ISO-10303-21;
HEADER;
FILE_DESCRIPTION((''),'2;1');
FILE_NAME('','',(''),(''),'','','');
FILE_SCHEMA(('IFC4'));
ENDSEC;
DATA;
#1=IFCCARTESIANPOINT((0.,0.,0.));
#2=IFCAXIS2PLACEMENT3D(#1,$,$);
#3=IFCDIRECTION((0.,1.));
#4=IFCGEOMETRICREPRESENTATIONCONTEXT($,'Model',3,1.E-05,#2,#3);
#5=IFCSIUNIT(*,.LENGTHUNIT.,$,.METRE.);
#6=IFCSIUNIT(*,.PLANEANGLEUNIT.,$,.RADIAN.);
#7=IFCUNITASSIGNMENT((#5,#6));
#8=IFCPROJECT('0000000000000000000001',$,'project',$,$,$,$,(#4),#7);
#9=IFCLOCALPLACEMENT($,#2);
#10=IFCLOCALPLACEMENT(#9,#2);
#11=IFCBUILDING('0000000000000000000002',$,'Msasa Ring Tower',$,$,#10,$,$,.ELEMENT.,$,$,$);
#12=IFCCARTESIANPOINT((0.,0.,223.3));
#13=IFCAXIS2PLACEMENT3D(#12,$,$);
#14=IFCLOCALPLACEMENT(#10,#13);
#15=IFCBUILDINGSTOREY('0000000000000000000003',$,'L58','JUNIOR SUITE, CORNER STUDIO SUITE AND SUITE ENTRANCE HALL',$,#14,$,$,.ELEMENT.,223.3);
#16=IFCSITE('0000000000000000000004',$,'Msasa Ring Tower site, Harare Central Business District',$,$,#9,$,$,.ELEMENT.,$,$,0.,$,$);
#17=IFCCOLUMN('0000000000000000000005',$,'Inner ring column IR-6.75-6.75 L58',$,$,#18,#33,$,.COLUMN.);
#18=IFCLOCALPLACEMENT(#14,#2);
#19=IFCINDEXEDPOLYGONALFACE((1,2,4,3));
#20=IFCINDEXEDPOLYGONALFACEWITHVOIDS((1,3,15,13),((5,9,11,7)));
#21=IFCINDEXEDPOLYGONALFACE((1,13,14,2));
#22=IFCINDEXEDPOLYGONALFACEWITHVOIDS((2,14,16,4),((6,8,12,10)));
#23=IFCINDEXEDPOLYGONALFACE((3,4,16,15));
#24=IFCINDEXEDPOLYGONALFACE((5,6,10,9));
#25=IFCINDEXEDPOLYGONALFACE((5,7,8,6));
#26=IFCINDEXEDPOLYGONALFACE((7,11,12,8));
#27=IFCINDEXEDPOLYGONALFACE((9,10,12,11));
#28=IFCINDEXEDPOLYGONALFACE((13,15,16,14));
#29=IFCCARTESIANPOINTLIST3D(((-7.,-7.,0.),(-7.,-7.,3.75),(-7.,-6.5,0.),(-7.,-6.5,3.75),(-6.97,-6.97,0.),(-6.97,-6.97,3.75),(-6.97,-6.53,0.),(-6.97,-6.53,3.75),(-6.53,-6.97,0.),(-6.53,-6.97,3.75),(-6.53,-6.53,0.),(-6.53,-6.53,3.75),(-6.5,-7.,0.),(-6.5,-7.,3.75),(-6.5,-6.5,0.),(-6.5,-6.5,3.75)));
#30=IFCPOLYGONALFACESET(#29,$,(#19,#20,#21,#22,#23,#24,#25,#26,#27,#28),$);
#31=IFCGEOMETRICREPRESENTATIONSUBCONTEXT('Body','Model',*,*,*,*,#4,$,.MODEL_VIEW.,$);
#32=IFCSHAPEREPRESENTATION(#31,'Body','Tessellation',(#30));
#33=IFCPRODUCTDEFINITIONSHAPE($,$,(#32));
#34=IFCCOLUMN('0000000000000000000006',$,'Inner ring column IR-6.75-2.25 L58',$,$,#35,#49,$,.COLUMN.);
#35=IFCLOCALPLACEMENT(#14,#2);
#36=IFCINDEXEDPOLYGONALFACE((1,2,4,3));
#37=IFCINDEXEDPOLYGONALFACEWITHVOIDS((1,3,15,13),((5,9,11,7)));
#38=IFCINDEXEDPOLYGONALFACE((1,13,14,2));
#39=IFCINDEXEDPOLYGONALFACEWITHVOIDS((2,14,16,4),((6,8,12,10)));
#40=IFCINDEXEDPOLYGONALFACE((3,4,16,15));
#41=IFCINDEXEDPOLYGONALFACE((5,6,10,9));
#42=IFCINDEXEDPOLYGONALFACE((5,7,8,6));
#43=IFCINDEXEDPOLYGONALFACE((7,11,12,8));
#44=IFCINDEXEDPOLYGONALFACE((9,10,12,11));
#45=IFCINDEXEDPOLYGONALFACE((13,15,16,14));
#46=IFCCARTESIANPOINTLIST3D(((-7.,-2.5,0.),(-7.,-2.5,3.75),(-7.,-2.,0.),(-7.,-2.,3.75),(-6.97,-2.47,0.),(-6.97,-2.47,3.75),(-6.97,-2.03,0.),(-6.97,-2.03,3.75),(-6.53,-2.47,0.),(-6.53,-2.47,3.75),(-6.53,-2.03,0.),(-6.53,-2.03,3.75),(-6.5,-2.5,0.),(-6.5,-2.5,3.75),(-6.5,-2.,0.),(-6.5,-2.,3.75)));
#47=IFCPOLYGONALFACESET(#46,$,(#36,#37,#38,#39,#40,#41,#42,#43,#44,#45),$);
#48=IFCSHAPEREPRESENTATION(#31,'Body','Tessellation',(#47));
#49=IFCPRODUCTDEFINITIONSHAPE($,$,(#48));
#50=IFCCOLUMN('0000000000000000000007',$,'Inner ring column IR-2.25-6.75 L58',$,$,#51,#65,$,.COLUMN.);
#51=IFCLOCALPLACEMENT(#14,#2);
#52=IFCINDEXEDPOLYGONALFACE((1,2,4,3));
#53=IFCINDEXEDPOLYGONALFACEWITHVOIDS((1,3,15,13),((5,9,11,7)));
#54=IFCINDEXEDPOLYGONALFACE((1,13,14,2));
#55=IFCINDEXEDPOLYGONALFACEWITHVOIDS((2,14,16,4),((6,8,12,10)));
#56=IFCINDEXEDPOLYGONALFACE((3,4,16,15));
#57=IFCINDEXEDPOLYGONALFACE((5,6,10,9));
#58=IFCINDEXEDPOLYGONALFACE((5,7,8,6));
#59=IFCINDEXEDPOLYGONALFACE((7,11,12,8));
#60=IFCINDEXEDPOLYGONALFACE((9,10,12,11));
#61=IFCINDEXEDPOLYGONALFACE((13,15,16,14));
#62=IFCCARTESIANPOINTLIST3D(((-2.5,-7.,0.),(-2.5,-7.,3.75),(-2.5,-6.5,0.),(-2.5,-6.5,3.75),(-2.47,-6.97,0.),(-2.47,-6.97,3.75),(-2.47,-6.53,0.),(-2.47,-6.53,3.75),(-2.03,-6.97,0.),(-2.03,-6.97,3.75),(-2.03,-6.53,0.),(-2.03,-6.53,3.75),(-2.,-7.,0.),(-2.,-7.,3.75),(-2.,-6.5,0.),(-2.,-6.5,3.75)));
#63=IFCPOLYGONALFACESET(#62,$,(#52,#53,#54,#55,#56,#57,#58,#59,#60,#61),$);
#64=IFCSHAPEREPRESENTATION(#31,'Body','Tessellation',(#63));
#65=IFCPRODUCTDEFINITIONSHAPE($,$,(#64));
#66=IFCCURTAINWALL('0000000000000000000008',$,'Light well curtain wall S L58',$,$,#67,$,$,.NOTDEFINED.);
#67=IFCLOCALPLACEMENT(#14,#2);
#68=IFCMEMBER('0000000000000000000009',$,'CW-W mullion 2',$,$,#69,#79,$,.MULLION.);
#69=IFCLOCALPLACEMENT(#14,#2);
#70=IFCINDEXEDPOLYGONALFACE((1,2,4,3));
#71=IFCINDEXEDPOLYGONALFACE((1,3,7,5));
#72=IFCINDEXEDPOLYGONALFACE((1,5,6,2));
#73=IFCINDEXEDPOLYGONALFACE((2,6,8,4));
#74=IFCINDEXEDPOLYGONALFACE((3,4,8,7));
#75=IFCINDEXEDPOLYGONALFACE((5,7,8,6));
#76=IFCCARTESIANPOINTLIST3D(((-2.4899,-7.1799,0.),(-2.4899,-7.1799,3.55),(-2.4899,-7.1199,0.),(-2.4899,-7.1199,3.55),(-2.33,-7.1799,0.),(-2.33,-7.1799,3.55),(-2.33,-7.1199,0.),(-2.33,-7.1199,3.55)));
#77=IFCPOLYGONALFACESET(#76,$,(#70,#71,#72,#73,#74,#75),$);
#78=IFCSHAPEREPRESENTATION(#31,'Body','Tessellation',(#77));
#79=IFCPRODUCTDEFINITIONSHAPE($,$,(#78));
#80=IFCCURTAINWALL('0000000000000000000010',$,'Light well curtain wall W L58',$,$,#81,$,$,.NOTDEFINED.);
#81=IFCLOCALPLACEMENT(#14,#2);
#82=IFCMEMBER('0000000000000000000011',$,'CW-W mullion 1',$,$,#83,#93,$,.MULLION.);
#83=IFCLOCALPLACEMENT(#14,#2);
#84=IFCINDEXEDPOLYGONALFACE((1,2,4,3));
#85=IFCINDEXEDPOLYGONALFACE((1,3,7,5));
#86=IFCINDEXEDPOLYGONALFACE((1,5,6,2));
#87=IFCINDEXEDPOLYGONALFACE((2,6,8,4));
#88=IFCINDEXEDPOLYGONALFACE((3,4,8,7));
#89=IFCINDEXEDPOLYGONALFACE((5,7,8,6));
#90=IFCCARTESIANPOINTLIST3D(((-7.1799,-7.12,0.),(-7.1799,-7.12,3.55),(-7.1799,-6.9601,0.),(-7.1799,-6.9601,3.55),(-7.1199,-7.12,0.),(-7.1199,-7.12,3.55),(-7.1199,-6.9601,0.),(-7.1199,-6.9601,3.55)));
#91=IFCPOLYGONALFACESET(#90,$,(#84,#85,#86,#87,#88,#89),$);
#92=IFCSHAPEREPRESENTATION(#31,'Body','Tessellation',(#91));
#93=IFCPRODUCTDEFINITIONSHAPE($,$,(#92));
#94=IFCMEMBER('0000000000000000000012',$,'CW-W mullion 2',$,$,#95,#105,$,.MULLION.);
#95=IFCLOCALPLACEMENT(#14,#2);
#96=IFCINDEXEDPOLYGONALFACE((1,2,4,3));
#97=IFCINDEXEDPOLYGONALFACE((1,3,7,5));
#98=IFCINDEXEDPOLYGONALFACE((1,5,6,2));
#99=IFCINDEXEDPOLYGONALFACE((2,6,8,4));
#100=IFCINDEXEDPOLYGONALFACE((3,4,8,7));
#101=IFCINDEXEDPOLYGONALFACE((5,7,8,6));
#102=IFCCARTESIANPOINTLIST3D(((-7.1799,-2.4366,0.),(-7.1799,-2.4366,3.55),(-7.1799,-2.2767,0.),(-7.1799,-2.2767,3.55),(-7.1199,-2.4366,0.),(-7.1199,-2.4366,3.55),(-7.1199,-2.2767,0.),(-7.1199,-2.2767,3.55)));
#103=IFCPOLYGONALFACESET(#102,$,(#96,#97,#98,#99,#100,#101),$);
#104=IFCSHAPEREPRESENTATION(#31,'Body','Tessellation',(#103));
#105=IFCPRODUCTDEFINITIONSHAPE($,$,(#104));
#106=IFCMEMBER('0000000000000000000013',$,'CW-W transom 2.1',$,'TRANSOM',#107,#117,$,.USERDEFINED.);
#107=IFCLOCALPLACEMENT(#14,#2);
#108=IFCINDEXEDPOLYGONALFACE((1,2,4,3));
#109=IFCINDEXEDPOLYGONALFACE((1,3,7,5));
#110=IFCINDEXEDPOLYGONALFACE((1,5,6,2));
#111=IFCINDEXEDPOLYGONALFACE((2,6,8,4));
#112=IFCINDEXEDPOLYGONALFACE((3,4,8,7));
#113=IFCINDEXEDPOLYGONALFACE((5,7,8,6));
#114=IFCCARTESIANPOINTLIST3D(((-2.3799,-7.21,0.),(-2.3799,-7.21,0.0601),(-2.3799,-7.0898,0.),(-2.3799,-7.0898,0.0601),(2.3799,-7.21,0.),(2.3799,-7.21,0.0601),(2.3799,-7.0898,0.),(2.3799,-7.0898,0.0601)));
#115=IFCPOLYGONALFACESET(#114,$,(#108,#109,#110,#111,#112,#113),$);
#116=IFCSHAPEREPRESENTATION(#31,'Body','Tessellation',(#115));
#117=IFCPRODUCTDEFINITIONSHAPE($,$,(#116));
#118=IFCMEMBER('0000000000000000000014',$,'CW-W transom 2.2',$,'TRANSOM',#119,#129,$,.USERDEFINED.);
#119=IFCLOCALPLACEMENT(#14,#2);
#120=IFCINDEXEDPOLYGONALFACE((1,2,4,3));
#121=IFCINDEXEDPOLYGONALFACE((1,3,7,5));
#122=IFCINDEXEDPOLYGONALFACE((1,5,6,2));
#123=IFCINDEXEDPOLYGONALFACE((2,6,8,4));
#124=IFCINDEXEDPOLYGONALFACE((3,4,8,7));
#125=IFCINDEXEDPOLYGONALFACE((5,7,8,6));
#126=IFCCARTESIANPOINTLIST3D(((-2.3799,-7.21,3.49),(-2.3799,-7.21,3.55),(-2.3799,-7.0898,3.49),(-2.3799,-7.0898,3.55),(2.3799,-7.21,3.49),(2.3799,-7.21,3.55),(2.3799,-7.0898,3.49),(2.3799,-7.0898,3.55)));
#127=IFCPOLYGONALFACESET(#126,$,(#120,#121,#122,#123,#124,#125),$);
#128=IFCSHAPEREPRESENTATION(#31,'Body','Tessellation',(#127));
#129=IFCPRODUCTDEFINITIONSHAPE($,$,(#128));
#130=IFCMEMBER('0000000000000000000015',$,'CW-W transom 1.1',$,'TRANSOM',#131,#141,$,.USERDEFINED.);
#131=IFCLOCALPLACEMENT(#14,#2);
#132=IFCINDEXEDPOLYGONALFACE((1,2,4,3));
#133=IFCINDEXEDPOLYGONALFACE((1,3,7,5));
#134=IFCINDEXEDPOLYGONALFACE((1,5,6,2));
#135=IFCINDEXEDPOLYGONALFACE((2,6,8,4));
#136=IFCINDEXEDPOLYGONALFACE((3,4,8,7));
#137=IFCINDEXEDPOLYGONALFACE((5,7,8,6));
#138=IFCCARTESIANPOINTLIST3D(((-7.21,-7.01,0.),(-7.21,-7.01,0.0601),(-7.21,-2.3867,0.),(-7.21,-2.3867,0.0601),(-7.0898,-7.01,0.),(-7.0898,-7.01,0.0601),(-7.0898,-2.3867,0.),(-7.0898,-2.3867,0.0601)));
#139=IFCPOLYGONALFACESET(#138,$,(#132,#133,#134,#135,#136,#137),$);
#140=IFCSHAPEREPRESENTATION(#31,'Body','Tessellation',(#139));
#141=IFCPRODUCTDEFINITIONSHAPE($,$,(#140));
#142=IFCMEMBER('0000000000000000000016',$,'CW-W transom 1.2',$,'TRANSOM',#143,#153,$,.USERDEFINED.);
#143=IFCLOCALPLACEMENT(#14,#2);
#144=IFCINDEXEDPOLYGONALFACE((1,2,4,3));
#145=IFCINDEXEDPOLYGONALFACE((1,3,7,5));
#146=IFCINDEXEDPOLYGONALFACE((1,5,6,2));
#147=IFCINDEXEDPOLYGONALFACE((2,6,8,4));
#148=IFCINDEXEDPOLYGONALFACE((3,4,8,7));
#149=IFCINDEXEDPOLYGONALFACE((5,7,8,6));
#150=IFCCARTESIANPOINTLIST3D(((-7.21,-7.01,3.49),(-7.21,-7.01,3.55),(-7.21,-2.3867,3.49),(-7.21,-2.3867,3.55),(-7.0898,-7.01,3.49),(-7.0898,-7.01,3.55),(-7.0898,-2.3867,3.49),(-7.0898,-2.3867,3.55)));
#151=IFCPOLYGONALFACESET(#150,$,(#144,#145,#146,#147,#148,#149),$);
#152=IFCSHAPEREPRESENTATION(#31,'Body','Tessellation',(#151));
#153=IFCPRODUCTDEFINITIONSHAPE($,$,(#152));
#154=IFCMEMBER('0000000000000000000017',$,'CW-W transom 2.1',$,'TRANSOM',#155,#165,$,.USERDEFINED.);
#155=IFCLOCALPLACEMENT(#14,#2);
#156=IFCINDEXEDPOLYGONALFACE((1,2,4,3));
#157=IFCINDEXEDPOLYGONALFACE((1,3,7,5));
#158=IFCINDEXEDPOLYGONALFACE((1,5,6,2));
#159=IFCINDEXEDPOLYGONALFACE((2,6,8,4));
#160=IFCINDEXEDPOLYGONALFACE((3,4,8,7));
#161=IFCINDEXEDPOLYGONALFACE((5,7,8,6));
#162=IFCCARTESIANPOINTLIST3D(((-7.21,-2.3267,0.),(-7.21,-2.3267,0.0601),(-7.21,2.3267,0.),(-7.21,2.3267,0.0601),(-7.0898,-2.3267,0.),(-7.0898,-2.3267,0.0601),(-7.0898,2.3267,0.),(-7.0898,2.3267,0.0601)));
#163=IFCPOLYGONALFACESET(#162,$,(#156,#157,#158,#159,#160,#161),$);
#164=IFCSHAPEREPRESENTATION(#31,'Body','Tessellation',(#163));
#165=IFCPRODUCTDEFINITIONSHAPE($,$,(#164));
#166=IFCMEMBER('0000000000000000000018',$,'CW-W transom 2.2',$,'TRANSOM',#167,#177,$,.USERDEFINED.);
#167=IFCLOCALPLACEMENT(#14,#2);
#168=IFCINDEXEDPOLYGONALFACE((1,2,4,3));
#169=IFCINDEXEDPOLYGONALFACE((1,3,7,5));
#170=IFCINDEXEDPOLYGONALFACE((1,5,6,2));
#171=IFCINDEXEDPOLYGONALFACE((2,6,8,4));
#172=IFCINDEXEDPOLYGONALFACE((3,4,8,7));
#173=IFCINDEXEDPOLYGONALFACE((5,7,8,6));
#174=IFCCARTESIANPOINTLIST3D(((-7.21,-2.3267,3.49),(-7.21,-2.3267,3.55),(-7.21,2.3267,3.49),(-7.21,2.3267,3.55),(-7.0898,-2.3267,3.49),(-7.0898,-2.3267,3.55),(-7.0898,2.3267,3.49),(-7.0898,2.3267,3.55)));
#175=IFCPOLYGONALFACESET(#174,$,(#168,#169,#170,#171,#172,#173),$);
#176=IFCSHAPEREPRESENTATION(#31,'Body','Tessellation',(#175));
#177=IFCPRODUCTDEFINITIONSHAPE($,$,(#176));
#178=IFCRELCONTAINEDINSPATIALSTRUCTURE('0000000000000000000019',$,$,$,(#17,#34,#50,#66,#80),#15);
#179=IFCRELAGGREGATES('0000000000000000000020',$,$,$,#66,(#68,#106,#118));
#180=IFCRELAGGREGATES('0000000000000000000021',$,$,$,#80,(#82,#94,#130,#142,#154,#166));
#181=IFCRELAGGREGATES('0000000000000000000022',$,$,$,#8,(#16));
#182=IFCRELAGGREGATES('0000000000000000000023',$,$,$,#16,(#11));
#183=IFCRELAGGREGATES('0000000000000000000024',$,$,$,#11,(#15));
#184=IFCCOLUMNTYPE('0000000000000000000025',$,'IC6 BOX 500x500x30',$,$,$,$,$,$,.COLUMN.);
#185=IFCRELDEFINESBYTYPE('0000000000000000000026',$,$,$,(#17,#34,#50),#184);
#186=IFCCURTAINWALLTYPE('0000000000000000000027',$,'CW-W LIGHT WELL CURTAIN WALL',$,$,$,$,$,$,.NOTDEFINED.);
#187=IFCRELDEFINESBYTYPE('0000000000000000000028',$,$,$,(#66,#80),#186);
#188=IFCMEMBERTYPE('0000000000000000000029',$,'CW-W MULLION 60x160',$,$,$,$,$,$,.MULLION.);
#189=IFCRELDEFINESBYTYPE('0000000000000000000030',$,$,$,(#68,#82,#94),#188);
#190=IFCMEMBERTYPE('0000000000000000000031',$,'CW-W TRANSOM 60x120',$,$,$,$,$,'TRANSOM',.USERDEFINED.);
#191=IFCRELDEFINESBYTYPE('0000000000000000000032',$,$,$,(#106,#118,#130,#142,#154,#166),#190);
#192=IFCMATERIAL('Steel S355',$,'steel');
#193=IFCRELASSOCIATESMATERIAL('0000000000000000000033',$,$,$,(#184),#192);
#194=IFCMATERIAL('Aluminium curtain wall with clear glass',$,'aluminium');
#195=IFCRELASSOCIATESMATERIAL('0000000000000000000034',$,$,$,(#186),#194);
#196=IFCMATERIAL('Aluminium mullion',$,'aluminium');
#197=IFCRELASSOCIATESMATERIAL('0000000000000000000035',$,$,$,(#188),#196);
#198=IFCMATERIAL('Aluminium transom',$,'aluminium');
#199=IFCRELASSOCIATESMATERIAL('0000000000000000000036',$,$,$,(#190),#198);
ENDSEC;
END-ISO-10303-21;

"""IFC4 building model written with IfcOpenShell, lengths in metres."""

from ifc_helpers import new_model, si_unit, direction, frame, origin, origin_2d, place, context, subcontext, project, spatial, rectangle, hollow_rectangle, extrude, material, material_profile, profile_set, type_object, element, aggregate, save


model = new_model("IFC4")

# Units and contexts
model_context = context("Model", 3, precision=1e-05, world=origin(), true_north=direction((0.0, 1.0)))
body_context = subcontext(model_context, "Body", "Model", "MODEL_VIEW")
ifc_project = project(units=[si_unit("LENGTHUNIT", "METRE"), si_unit("PLANEANGLEUNIT", "RADIAN")], contexts=[model_context])

# Site, building, storey
site_placement = place(None, origin())
site = spatial("IfcSite", under=ifc_project, at=site_placement, Name="Msasa Ring Tower site, Harare Central Business District", CompositionType="ELEMENT", RefElevation=0.0)
building_placement = place(site_placement, origin())
building = spatial("IfcBuilding", under=site, at=building_placement, Name="Msasa Ring Tower", CompositionType="ELEMENT")
storey_placement = place(building_placement, frame((0.0, 0.0, 223.3)))
storey = spatial("IfcBuildingStorey", under=building, at=storey_placement, Name="L58", Description="JUNIOR SUITE, CORNER STUDIO SUITE AND SUITE ENTRANCE HALL", CompositionType="ELEMENT", Elevation=223.3)

# Columns
ifc_material_1 = material(Name="Steel S355", Category="steel")
ifc_material_profile_1 = material_profile(ifc_material_1, hollow_rectangle(XDim=0.5, YDim=0.5, WallThickness=0.03, at=origin_2d()), Name="BOX 500x500x30")
ifc_profile_set_1 = profile_set([ifc_material_profile_1], Name="Steel S355")
column_type = type_object("IfcColumnType", Name="IC6 BOX 500x500x30", PredefinedType="COLUMN", material=ifc_profile_set_1)
for number, where, z_axis, x_axis, name in (
    (1, (-6.75, -6.75, 0.0), (0.0, 0.0, 1.0), (1.0, 0.0, 0.0), "Inner ring column IR-6.75-6.75 L58"),
    (2, (-6.75, -2.25, 0.0), (0.0, 0.0, 1.0), (1.0, 0.0, 0.0), "Inner ring column IR-6.75-2.25 L58"),
    (3, (-2.25, -6.75, 0.0), (0.0, 0.0, 1.0), (1.0, 0.0, 0.0), "Inner ring column IR-2.25-6.75 L58"),
):
    element("IfcColumn", number, at=place(storey_placement, frame(where, z_axis=z_axis, x_axis=x_axis)), inside=storey, type_object=column_type, Name=name, PredefinedType="COLUMN", context=body_context, shape_type="SweptSolid", body=[
        extrude(hollow_rectangle(XDim=0.5, YDim=0.5, WallThickness=0.03, at=origin_2d()), origin(), (0.0, 0.0, 1.0), 3.75),
    ])

# Curtain wall, member
ifc_material_2 = material(Name="Aluminium curtain wall with clear glass", Category="aluminium")
curtain_wall_type = type_object("IfcCurtainWallType", Name="CW-W LIGHT WELL CURTAIN WALL", PredefinedType="NOTDEFINED", material=ifc_material_2)
curtain_wall_1_placement = place(storey_placement, origin())
curtain_wall_1 = element("IfcCurtainWall", 4, at=curtain_wall_1_placement, inside=storey, type_object=curtain_wall_type, Name="Light well curtain wall S L58", PredefinedType="NOTDEFINED")
ifc_material_3 = material(Name="Aluminium mullion", Category="aluminium")
ifc_material_profile_2 = material_profile(ifc_material_3, rectangle(XDim=0.0601, YDim=0.1599, at=origin_2d()), Name="AL 60x160")
ifc_profile_set_2 = profile_set([ifc_material_profile_2], Name="Aluminium mullion")
member_type_1 = type_object("IfcMemberType", Name="CW-W MULLION 60x160", PredefinedType="MULLION", material=ifc_profile_set_2)
member_1_placement = place(storey_placement, frame((-2.4099, -7.1499, 0.0), z_axis=(0.0, 0.0, 1.0), x_axis=(0.0, 1.0, 0.0)))
member_1 = element("IfcMember", 5, at=member_1_placement, type_object=member_type_1, Name="CW-W mullion 2", PredefinedType="MULLION", context=body_context, shape_type="SweptSolid", body=[
    extrude(rectangle(XDim=0.0601, YDim=0.1599, at=origin_2d()), origin(), (0.0, 0.0, 1.0), 3.55),
])

# Curtain wall, members
curtain_wall_2_placement = place(storey_placement, origin())
curtain_wall_2 = element("IfcCurtainWall", 6, at=curtain_wall_2_placement, inside=storey, type_object=curtain_wall_type, Name="Light well curtain wall W L58", PredefinedType="NOTDEFINED")
member_2_placement = place(storey_placement, frame((-7.1499, -7.04, 0.0), z_axis=(0.0, 0.0, 1.0), x_axis=(-1.0, 0.0, 0.0)))
member_2 = element("IfcMember", 7, at=member_2_placement, type_object=member_type_1, Name="CW-W mullion 1", PredefinedType="MULLION", context=body_context, shape_type="SweptSolid", body=[
    extrude(rectangle(XDim=0.0601, YDim=0.1599, at=origin_2d()), origin(), (0.0, 0.0, 1.0), 3.55),
])
member_3_placement = place(storey_placement, frame((-7.1499, -2.3567, 0.0), z_axis=(0.0, 0.0, 1.0), x_axis=(-1.0, 0.0, 0.0)))
member_3 = element("IfcMember", 8, at=member_3_placement, type_object=member_type_1, Name="CW-W mullion 2", PredefinedType="MULLION", context=body_context, shape_type="SweptSolid", body=[
    extrude(rectangle(XDim=0.0601, YDim=0.1599, at=origin_2d()), origin(), (0.0, 0.0, 1.0), 3.55),
])

# Members
ifc_material_4 = material(Name="Aluminium transom", Category="aluminium")
ifc_material_profile_3 = material_profile(ifc_material_4, rectangle(XDim=0.1201, YDim=0.0601, at=origin_2d()), Name="AL 60x120")
ifc_profile_set_3 = profile_set([ifc_material_profile_3], Name="Aluminium transom")
member_type_2 = type_object("IfcMemberType", Name="CW-W TRANSOM 60x120", ElementType="TRANSOM", PredefinedType="USERDEFINED", material=ifc_profile_set_3)
member_4_placement = place(storey_placement, frame((-2.3799, -7.1499, 0.03), z_axis=(1.0, 0.0, 0.0), x_axis=(0.0, 1.0, 0.0)))
member_4 = element("IfcMember", 9, at=member_4_placement, type_object=member_type_2, Name="CW-W transom 2.1", ObjectType="TRANSOM", PredefinedType="USERDEFINED", context=body_context, shape_type="SweptSolid", body=[
    extrude(rectangle(XDim=0.1201, YDim=0.0601, at=origin_2d()), origin(), (0.0, 0.0, 1.0), 4.7598),
])
member_5_placement = place(storey_placement, frame((-2.3799, -7.1499, 3.52), z_axis=(1.0, 0.0, 0.0), x_axis=(0.0, 1.0, 0.0)))
member_5 = element("IfcMember", 10, at=member_5_placement, type_object=member_type_2, Name="CW-W transom 2.2", ObjectType="TRANSOM", PredefinedType="USERDEFINED", context=body_context, shape_type="SweptSolid", body=[
    extrude(rectangle(XDim=0.1201, YDim=0.0601, at=origin_2d()), origin(), (0.0, 0.0, 1.0), 4.7598),
])
member_6_placement = place(storey_placement, frame((-7.1499, -7.01, 0.03), z_axis=(0.0, 1.0, 0.0), x_axis=(-1.0, 0.0, 0.0)))
member_6 = element("IfcMember", 11, at=member_6_placement, type_object=member_type_2, Name="CW-W transom 1.1", ObjectType="TRANSOM", PredefinedType="USERDEFINED", context=body_context, shape_type="SweptSolid", body=[
    extrude(rectangle(XDim=0.1201, YDim=0.0601, at=origin_2d()), origin(), (0.0, 0.0, 1.0), 4.6233),
])
member_7_placement = place(storey_placement, frame((-7.1499, -7.01, 3.52), z_axis=(0.0, 1.0, 0.0), x_axis=(-1.0, 0.0, 0.0)))
member_7 = element("IfcMember", 12, at=member_7_placement, type_object=member_type_2, Name="CW-W transom 1.2", ObjectType="TRANSOM", PredefinedType="USERDEFINED", context=body_context, shape_type="SweptSolid", body=[
    extrude(rectangle(XDim=0.1201, YDim=0.0601, at=origin_2d()), origin(), (0.0, 0.0, 1.0), 4.6233),
])
member_8_placement = place(storey_placement, frame((-7.1499, -2.3267, 0.03), z_axis=(0.0, 1.0, 0.0), x_axis=(-1.0, 0.0, 0.0)))
member_8 = element("IfcMember", 13, at=member_8_placement, type_object=member_type_2, Name="CW-W transom 2.1", ObjectType="TRANSOM", PredefinedType="USERDEFINED", context=body_context, shape_type="SweptSolid", body=[
    extrude(rectangle(XDim=0.1201, YDim=0.0601, at=origin_2d()), origin(), (0.0, 0.0, 1.0), 4.6533),
])
member_9_placement = place(storey_placement, frame((-7.1499, -2.3267, 3.52), z_axis=(0.0, 1.0, 0.0), x_axis=(-1.0, 0.0, 0.0)))
member_9 = element("IfcMember", 14, at=member_9_placement, type_object=member_type_2, Name="CW-W transom 2.2", ObjectType="TRANSOM", PredefinedType="USERDEFINED", context=body_context, shape_type="SweptSolid", body=[
    extrude(rectangle(XDim=0.1201, YDim=0.0601, at=origin_2d()), origin(), (0.0, 0.0, 1.0), 4.6533),
])

aggregate(curtain_wall_1, [member_1, member_4, member_5])
aggregate(curtain_wall_2, [member_2, member_3, member_6, member_7, member_8, member_9])

save(model, "model.ifc")
